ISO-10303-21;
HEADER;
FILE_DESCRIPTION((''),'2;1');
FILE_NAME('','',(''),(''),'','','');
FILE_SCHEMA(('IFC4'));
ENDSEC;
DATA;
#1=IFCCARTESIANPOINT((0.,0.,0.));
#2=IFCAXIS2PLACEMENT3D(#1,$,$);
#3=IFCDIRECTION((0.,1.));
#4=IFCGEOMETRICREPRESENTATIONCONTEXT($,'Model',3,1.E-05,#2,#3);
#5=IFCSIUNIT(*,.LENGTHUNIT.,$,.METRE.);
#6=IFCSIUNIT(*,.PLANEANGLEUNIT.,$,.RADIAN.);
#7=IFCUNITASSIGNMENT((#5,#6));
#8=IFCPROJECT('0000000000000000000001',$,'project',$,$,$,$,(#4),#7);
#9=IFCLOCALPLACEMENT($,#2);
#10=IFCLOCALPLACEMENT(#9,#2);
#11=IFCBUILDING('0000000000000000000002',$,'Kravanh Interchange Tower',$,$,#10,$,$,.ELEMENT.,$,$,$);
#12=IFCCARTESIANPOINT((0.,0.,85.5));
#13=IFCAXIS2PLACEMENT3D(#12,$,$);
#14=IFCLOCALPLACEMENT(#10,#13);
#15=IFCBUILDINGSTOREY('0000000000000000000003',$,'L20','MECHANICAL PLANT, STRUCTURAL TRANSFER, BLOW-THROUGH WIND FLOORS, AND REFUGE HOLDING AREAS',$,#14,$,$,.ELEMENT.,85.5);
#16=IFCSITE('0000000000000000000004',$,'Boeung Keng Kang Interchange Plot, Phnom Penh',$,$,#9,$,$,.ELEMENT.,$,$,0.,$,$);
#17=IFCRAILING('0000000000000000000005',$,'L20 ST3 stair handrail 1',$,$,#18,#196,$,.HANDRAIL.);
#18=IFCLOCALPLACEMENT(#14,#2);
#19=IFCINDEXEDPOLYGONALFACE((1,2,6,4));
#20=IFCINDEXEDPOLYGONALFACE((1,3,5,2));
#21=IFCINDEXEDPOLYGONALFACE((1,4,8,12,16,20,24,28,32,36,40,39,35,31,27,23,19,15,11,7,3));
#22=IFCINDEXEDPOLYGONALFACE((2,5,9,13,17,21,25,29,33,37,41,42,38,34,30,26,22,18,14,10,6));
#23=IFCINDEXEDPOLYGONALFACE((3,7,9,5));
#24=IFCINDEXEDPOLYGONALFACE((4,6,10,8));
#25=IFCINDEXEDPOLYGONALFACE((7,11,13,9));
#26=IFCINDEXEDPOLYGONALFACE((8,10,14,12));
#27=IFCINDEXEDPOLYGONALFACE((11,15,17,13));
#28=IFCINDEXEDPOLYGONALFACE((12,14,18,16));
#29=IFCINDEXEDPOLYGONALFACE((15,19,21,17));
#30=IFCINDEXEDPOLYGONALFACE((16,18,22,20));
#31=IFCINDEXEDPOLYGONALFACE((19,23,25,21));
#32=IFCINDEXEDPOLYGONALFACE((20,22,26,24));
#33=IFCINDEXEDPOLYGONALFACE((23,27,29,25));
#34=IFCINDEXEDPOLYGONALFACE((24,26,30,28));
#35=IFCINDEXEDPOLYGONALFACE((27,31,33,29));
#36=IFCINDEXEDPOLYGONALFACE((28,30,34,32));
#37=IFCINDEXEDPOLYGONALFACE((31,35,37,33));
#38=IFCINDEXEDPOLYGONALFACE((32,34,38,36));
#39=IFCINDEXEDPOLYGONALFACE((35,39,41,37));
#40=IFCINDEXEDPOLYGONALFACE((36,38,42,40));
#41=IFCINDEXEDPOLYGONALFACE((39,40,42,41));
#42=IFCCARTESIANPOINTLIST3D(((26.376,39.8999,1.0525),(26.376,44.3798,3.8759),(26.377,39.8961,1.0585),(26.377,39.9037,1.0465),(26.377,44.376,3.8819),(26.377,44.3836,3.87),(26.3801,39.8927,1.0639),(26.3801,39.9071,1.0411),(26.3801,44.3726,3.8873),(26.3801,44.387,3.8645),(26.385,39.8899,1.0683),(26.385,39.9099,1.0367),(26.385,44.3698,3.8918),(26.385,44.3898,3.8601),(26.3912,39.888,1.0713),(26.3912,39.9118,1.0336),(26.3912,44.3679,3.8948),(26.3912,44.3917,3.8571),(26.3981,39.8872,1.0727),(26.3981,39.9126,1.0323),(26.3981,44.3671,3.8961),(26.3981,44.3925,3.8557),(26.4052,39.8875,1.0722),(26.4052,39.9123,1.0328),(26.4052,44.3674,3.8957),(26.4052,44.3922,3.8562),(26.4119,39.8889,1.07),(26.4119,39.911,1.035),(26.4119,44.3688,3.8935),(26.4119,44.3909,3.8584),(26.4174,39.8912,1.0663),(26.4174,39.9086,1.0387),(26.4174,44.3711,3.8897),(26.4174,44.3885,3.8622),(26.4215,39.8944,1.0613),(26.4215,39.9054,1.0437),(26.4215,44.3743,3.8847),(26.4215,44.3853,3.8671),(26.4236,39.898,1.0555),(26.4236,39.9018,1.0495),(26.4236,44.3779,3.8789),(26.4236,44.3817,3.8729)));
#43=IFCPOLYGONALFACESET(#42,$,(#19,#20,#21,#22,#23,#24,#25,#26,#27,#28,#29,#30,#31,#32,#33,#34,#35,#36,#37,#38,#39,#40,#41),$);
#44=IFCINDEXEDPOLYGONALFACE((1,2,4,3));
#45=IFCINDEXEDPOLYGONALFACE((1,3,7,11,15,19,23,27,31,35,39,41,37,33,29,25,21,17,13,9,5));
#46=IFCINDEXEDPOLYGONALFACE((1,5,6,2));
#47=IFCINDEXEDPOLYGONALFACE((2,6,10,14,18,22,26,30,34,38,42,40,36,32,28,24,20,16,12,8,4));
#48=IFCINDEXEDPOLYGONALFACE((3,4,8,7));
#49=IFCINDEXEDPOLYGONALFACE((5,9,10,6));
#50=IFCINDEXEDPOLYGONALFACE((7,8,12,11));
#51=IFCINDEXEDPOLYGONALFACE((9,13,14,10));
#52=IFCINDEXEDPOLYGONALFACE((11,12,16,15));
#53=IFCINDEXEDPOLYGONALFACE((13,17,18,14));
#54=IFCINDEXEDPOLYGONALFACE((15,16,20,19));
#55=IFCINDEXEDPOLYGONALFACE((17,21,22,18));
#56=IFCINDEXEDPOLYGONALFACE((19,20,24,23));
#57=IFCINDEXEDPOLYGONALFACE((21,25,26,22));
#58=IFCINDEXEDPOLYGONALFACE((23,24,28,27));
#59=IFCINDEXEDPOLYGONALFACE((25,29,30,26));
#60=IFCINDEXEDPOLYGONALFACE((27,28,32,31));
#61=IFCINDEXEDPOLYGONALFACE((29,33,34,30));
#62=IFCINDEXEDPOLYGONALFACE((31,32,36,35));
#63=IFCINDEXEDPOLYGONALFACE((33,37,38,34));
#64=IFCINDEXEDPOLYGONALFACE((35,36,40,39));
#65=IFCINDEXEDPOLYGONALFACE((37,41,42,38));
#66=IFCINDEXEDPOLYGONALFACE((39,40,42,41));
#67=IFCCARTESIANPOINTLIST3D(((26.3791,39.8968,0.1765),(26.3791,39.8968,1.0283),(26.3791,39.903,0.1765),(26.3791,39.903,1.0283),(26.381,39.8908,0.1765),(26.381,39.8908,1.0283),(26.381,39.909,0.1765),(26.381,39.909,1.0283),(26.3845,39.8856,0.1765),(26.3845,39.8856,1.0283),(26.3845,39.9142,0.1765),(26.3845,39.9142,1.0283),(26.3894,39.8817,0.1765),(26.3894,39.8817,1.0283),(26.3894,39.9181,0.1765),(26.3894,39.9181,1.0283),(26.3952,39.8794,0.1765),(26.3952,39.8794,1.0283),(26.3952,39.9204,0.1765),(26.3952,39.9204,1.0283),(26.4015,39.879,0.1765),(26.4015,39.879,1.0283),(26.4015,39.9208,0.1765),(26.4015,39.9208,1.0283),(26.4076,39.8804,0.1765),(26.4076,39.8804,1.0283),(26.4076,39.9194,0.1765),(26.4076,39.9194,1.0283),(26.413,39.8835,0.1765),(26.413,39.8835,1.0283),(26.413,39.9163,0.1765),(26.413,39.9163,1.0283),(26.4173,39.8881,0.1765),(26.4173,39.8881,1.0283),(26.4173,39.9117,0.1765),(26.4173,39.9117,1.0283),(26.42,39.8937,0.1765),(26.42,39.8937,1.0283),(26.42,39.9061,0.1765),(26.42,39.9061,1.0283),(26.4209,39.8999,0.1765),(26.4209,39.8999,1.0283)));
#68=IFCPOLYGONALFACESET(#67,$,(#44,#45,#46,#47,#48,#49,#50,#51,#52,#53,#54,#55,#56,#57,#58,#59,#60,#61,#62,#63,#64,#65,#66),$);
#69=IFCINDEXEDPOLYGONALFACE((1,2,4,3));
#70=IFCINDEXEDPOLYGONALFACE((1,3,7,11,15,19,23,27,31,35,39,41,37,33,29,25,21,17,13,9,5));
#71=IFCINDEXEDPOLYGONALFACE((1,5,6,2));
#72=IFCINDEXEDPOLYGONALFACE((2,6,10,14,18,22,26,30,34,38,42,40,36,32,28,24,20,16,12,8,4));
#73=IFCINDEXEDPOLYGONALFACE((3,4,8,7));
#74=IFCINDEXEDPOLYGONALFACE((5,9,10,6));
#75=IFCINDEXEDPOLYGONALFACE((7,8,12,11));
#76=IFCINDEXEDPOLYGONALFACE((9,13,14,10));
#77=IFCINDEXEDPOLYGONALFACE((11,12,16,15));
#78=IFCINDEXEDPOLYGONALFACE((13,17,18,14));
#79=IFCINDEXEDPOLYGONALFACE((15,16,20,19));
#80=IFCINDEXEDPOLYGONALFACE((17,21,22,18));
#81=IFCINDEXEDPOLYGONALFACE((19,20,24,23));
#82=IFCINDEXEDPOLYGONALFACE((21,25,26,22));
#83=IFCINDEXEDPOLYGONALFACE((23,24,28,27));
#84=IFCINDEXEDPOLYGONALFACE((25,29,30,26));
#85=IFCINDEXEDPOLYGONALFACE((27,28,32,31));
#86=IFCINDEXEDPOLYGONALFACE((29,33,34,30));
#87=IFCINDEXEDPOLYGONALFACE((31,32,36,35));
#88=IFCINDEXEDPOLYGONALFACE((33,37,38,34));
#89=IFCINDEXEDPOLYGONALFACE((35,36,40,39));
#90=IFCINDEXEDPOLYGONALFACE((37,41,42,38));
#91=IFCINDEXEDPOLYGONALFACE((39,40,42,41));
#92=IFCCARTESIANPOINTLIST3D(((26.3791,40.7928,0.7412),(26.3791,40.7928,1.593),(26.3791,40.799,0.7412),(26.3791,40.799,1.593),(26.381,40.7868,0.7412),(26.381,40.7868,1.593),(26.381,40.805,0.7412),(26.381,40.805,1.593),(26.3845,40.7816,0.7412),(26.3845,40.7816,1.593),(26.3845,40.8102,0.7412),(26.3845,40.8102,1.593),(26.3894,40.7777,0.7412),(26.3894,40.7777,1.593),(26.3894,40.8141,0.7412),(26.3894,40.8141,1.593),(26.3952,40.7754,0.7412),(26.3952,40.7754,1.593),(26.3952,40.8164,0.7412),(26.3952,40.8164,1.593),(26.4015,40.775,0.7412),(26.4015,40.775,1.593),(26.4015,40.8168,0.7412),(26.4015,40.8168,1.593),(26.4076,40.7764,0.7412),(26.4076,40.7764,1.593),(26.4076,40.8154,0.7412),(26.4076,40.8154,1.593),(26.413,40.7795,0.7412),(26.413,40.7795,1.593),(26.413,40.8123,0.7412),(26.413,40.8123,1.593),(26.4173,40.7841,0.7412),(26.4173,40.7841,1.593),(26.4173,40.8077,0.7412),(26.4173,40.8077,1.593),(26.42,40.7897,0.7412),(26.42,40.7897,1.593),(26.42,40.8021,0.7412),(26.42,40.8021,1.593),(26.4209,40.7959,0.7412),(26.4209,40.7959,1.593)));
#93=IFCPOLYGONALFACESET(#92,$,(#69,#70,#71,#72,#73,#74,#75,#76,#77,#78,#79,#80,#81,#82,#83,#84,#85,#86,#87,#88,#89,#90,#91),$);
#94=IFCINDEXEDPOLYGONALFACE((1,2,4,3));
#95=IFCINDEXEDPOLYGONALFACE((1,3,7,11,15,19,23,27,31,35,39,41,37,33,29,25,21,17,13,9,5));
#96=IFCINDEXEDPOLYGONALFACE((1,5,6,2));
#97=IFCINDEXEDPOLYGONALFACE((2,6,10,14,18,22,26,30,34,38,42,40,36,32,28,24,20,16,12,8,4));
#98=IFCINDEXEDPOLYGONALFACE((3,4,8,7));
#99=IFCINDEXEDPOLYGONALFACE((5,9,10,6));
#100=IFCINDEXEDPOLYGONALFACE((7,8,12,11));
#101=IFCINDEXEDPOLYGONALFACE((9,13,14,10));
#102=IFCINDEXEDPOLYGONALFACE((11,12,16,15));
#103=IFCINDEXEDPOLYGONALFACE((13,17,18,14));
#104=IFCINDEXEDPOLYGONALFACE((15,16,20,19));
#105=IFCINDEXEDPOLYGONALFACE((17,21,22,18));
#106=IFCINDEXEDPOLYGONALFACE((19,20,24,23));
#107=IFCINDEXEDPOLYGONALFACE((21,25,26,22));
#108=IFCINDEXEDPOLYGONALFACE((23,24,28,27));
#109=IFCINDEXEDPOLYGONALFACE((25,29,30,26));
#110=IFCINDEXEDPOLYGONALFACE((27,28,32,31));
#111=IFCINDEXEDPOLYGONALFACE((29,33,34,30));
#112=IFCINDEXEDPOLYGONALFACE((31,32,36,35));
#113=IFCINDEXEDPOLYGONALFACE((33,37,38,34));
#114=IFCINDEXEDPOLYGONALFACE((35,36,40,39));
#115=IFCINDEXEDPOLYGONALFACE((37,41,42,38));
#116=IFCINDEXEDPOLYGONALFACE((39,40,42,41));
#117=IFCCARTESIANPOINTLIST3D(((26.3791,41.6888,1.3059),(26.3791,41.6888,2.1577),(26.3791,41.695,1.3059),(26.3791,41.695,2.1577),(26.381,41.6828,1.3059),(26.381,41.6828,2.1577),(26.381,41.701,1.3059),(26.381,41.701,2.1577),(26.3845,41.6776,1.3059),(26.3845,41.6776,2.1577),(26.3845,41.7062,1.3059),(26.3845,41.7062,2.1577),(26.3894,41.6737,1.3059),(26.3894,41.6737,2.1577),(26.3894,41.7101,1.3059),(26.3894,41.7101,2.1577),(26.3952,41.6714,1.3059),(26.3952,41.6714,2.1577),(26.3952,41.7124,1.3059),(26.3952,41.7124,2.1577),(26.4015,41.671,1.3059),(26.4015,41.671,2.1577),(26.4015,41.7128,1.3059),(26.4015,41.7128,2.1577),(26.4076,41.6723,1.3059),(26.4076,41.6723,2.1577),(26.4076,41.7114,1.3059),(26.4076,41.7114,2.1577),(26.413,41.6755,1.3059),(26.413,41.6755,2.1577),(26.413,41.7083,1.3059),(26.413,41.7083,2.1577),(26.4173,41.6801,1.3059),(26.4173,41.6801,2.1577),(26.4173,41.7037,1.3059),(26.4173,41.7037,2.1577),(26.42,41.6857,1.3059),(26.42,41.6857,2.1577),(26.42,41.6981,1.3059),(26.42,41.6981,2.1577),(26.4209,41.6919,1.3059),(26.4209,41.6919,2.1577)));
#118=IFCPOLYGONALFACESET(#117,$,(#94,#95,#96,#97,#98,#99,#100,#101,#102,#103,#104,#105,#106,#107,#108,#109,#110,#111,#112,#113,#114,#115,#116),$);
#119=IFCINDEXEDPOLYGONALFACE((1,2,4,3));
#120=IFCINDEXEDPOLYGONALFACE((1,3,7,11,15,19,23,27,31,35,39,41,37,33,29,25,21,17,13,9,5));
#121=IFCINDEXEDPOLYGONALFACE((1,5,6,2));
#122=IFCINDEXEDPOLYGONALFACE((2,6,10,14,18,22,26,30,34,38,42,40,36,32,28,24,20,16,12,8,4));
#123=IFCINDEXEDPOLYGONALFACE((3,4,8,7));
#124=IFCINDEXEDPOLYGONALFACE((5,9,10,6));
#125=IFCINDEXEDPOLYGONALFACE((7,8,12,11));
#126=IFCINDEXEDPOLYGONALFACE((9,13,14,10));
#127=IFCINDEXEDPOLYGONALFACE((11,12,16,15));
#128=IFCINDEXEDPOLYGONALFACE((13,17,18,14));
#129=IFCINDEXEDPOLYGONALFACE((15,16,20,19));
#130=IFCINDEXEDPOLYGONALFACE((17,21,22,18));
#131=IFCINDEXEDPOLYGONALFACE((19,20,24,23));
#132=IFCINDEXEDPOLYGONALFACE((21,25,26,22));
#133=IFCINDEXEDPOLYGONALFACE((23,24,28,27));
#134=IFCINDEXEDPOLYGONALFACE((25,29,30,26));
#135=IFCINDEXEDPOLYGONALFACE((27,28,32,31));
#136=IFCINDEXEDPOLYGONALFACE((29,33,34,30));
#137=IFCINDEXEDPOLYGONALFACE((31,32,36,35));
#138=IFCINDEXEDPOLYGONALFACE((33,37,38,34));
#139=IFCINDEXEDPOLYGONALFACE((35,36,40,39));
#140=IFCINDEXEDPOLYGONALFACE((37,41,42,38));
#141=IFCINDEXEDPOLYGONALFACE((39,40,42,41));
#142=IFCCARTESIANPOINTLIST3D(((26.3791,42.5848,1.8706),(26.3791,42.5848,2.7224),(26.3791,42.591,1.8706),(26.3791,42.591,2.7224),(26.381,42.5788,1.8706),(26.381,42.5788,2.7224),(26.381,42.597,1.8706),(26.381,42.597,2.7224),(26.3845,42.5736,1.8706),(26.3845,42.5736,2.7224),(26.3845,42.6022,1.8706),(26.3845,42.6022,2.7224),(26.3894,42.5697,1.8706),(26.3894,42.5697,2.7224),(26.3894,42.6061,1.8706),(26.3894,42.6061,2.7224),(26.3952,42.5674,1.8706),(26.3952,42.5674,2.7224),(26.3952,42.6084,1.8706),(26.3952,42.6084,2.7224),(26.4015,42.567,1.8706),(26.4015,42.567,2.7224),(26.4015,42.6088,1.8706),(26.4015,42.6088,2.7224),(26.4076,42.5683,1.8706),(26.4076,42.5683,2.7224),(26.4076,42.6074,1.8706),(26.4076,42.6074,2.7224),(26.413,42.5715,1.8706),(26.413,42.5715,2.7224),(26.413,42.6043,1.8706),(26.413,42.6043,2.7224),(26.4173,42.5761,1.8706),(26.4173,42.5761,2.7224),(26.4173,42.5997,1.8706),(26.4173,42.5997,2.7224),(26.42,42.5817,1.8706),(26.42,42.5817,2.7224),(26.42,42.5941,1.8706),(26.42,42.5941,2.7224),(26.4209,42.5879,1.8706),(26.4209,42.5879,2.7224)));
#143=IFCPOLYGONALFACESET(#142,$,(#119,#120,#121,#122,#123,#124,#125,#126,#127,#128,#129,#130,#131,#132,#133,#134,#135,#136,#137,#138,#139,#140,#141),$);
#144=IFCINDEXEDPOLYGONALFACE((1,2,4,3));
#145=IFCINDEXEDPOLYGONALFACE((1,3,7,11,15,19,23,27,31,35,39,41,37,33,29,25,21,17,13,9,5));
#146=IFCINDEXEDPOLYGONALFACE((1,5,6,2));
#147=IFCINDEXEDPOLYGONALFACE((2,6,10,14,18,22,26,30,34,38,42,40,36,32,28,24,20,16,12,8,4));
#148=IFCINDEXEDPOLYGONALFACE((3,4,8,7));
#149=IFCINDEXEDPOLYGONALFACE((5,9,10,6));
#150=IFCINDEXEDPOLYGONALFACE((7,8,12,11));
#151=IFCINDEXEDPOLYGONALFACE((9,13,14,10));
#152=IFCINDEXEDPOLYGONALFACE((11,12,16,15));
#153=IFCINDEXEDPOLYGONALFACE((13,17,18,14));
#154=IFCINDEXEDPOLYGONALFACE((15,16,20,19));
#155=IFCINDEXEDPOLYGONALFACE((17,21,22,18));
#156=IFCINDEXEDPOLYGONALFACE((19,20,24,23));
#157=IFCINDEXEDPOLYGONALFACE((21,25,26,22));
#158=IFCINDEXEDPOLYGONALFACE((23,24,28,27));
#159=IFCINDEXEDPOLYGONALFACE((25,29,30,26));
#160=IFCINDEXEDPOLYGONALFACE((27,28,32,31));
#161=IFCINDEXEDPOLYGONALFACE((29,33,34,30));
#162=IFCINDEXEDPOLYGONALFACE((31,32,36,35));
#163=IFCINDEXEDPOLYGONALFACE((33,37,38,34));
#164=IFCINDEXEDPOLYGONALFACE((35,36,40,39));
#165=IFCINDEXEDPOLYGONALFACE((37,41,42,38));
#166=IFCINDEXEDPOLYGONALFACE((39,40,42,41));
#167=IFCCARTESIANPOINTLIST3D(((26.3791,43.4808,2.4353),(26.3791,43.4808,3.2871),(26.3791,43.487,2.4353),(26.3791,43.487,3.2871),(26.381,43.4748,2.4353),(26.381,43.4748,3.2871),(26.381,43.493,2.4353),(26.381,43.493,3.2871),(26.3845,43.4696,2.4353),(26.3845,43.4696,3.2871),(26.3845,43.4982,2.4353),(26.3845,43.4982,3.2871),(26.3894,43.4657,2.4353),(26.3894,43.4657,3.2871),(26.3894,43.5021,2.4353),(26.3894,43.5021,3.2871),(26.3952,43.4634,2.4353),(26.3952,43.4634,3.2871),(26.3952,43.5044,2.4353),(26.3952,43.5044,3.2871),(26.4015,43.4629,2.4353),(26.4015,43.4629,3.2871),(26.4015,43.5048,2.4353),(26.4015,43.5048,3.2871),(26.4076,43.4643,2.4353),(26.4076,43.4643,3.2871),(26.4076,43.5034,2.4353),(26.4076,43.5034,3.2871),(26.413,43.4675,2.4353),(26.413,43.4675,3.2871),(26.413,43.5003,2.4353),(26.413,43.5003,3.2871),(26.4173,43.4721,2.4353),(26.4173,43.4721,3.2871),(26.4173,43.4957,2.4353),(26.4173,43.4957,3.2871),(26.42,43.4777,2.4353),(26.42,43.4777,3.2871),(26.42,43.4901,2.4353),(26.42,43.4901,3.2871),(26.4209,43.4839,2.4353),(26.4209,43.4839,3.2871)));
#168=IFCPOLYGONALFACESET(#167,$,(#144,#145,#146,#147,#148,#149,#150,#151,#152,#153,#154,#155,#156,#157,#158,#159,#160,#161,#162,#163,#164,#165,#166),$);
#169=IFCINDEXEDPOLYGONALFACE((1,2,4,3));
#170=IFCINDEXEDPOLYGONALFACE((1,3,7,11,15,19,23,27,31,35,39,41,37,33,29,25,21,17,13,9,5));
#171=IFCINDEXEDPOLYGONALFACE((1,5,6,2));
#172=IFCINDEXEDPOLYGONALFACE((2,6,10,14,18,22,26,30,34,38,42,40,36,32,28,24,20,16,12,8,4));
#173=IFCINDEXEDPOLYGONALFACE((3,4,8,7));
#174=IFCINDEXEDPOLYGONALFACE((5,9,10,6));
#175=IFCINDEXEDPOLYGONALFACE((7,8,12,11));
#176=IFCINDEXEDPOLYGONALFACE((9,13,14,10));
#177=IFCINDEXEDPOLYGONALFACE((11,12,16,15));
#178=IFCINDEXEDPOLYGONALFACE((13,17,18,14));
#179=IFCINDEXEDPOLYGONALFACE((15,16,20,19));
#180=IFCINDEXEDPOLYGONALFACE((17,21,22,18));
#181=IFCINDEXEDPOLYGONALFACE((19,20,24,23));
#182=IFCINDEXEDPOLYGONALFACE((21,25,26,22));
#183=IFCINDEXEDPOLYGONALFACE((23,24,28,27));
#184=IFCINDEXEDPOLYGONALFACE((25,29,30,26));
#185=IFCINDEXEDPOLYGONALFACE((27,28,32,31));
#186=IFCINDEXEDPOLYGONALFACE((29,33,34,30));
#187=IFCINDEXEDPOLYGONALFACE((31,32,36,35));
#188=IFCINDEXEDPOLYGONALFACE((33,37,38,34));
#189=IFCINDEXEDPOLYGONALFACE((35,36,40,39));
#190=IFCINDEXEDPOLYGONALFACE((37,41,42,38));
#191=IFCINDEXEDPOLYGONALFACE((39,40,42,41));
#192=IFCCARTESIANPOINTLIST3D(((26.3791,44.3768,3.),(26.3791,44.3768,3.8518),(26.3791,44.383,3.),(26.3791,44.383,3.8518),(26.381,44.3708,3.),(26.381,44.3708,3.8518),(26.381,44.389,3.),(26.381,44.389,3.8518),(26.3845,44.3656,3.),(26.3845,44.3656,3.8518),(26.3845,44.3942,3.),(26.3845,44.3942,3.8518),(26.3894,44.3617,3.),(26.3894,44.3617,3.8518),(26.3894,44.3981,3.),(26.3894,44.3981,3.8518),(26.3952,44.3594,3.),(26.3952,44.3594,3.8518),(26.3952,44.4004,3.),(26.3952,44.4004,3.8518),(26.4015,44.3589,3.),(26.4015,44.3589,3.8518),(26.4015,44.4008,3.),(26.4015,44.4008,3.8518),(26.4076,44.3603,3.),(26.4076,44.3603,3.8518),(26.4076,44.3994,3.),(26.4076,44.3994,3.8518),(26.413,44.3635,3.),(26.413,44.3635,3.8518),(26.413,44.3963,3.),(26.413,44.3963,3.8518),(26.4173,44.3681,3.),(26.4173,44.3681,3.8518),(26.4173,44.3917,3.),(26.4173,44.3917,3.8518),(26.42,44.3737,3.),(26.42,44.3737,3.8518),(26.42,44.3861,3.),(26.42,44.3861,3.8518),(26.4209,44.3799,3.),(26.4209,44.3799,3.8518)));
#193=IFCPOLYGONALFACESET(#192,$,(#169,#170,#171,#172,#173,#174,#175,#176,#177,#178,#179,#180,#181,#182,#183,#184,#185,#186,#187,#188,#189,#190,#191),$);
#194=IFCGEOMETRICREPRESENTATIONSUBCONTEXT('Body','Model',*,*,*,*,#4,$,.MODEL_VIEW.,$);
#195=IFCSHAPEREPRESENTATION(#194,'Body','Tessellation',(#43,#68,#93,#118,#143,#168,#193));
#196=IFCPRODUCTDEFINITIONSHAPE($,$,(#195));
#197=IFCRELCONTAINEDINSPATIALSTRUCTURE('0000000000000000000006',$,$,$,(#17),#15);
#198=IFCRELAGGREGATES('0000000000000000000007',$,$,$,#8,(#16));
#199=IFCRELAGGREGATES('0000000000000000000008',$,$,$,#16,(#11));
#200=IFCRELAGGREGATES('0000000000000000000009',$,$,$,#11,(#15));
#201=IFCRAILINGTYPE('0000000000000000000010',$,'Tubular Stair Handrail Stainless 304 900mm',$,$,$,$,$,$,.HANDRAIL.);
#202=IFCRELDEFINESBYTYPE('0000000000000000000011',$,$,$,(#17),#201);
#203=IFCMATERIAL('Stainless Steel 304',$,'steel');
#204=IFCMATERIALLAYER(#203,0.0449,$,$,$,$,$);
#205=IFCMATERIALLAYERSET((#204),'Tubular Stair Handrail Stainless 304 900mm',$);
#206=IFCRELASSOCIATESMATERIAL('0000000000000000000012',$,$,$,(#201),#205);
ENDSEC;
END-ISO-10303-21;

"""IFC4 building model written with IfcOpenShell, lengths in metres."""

from ifc_helpers import new_model, si_unit, direction, frame, origin, origin_2d, place, context, subcontext, project, spatial, circle, extrude, material, layer, layer_set, type_object, element, save


model = new_model("IFC4")

# Units and contexts
model_context = context("Model", 3, precision=1e-05, world=origin(), true_north=direction((0.0, 1.0)))
body_context = subcontext(model_context, "Body", "Model", "MODEL_VIEW")
ifc_project = project(units=[si_unit("LENGTHUNIT", "METRE"), si_unit("PLANEANGLEUNIT", "RADIAN")], contexts=[model_context])

# Site, building, storey
site_placement = place(None, origin())
site = spatial("IfcSite", under=ifc_project, at=site_placement, Name="Boeung Keng Kang Interchange Plot, Phnom Penh", CompositionType="ELEMENT", RefElevation=0.0)
building_placement = place(site_placement, origin())
building = spatial("IfcBuilding", under=site, at=building_placement, Name="Kravanh Interchange Tower", CompositionType="ELEMENT")
storey_placement = place(building_placement, frame((0.0, 0.0, 85.5)))
storey = spatial("IfcBuildingStorey", under=building, at=storey_placement, Name="L20", Description="MECHANICAL PLANT, STRUCTURAL TRANSFER, BLOW-THROUGH WIND FLOORS, AND REFUGE HOLDING AREAS", CompositionType="ELEMENT", Elevation=85.5)

# Railing
ifc_material_1 = material(Name="Stainless Steel 304", Category="steel")
ifc_layer_1 = layer(ifc_material_1, 0.0449)
ifc_layer_set_1 = layer_set([ifc_layer_1], Name="Tubular Stair Handrail Stainless 304 900mm")
railing_type_1 = type_object("IfcRailingType", Name="Tubular Stair Handrail Stainless 304 900mm", PredefinedType="HANDRAIL", material=ifc_layer_set_1)
railing_1_placement = place(storey_placement, frame((26.3999, 39.8999, 0.1765)))
element("IfcRailing", 1, at=railing_1_placement, inside=storey, type_object=railing_type_1, Name="L20 ST3 stair handrail 1", PredefinedType="HANDRAIL", context=body_context, shape_type="SweptSolid", body=[
    extrude(circle(Radius=0.0239, at=origin_2d()), frame((0.0, 0.0, 0.876), z_axis=(0.0, 0.845998, 0.533186), x_axis=(-1.0, 0.0, 0.0)), (0.0, 0.0, 1.0), 5.2954),
    extrude(circle(Radius=0.021, at=origin_2d()), origin(), (0.0, 0.0, 1.0), 0.8518),
    extrude(circle(Radius=0.021, at=origin_2d()), frame((0.0, 0.896, 0.5647)), (0.0, 0.0, 1.0), 0.8518),
    extrude(circle(Radius=0.021, at=origin_2d()), frame((0.0, 1.792, 1.1294)), (0.0, 0.0, 1.0), 0.8518),
    extrude(circle(Radius=0.021, at=origin_2d()), frame((0.0, 2.688, 1.6941)), (0.0, 0.0, 1.0), 0.8518),
    extrude(circle(Radius=0.021, at=origin_2d()), frame((0.0, 3.584, 2.2588)), (0.0, 0.0, 1.0), 0.8518),
    extrude(circle(Radius=0.021, at=origin_2d()), frame((0.0, 4.48, 2.8235)), (0.0, 0.0, 1.0), 0.8518),
])

save(model, "model.ifc")
